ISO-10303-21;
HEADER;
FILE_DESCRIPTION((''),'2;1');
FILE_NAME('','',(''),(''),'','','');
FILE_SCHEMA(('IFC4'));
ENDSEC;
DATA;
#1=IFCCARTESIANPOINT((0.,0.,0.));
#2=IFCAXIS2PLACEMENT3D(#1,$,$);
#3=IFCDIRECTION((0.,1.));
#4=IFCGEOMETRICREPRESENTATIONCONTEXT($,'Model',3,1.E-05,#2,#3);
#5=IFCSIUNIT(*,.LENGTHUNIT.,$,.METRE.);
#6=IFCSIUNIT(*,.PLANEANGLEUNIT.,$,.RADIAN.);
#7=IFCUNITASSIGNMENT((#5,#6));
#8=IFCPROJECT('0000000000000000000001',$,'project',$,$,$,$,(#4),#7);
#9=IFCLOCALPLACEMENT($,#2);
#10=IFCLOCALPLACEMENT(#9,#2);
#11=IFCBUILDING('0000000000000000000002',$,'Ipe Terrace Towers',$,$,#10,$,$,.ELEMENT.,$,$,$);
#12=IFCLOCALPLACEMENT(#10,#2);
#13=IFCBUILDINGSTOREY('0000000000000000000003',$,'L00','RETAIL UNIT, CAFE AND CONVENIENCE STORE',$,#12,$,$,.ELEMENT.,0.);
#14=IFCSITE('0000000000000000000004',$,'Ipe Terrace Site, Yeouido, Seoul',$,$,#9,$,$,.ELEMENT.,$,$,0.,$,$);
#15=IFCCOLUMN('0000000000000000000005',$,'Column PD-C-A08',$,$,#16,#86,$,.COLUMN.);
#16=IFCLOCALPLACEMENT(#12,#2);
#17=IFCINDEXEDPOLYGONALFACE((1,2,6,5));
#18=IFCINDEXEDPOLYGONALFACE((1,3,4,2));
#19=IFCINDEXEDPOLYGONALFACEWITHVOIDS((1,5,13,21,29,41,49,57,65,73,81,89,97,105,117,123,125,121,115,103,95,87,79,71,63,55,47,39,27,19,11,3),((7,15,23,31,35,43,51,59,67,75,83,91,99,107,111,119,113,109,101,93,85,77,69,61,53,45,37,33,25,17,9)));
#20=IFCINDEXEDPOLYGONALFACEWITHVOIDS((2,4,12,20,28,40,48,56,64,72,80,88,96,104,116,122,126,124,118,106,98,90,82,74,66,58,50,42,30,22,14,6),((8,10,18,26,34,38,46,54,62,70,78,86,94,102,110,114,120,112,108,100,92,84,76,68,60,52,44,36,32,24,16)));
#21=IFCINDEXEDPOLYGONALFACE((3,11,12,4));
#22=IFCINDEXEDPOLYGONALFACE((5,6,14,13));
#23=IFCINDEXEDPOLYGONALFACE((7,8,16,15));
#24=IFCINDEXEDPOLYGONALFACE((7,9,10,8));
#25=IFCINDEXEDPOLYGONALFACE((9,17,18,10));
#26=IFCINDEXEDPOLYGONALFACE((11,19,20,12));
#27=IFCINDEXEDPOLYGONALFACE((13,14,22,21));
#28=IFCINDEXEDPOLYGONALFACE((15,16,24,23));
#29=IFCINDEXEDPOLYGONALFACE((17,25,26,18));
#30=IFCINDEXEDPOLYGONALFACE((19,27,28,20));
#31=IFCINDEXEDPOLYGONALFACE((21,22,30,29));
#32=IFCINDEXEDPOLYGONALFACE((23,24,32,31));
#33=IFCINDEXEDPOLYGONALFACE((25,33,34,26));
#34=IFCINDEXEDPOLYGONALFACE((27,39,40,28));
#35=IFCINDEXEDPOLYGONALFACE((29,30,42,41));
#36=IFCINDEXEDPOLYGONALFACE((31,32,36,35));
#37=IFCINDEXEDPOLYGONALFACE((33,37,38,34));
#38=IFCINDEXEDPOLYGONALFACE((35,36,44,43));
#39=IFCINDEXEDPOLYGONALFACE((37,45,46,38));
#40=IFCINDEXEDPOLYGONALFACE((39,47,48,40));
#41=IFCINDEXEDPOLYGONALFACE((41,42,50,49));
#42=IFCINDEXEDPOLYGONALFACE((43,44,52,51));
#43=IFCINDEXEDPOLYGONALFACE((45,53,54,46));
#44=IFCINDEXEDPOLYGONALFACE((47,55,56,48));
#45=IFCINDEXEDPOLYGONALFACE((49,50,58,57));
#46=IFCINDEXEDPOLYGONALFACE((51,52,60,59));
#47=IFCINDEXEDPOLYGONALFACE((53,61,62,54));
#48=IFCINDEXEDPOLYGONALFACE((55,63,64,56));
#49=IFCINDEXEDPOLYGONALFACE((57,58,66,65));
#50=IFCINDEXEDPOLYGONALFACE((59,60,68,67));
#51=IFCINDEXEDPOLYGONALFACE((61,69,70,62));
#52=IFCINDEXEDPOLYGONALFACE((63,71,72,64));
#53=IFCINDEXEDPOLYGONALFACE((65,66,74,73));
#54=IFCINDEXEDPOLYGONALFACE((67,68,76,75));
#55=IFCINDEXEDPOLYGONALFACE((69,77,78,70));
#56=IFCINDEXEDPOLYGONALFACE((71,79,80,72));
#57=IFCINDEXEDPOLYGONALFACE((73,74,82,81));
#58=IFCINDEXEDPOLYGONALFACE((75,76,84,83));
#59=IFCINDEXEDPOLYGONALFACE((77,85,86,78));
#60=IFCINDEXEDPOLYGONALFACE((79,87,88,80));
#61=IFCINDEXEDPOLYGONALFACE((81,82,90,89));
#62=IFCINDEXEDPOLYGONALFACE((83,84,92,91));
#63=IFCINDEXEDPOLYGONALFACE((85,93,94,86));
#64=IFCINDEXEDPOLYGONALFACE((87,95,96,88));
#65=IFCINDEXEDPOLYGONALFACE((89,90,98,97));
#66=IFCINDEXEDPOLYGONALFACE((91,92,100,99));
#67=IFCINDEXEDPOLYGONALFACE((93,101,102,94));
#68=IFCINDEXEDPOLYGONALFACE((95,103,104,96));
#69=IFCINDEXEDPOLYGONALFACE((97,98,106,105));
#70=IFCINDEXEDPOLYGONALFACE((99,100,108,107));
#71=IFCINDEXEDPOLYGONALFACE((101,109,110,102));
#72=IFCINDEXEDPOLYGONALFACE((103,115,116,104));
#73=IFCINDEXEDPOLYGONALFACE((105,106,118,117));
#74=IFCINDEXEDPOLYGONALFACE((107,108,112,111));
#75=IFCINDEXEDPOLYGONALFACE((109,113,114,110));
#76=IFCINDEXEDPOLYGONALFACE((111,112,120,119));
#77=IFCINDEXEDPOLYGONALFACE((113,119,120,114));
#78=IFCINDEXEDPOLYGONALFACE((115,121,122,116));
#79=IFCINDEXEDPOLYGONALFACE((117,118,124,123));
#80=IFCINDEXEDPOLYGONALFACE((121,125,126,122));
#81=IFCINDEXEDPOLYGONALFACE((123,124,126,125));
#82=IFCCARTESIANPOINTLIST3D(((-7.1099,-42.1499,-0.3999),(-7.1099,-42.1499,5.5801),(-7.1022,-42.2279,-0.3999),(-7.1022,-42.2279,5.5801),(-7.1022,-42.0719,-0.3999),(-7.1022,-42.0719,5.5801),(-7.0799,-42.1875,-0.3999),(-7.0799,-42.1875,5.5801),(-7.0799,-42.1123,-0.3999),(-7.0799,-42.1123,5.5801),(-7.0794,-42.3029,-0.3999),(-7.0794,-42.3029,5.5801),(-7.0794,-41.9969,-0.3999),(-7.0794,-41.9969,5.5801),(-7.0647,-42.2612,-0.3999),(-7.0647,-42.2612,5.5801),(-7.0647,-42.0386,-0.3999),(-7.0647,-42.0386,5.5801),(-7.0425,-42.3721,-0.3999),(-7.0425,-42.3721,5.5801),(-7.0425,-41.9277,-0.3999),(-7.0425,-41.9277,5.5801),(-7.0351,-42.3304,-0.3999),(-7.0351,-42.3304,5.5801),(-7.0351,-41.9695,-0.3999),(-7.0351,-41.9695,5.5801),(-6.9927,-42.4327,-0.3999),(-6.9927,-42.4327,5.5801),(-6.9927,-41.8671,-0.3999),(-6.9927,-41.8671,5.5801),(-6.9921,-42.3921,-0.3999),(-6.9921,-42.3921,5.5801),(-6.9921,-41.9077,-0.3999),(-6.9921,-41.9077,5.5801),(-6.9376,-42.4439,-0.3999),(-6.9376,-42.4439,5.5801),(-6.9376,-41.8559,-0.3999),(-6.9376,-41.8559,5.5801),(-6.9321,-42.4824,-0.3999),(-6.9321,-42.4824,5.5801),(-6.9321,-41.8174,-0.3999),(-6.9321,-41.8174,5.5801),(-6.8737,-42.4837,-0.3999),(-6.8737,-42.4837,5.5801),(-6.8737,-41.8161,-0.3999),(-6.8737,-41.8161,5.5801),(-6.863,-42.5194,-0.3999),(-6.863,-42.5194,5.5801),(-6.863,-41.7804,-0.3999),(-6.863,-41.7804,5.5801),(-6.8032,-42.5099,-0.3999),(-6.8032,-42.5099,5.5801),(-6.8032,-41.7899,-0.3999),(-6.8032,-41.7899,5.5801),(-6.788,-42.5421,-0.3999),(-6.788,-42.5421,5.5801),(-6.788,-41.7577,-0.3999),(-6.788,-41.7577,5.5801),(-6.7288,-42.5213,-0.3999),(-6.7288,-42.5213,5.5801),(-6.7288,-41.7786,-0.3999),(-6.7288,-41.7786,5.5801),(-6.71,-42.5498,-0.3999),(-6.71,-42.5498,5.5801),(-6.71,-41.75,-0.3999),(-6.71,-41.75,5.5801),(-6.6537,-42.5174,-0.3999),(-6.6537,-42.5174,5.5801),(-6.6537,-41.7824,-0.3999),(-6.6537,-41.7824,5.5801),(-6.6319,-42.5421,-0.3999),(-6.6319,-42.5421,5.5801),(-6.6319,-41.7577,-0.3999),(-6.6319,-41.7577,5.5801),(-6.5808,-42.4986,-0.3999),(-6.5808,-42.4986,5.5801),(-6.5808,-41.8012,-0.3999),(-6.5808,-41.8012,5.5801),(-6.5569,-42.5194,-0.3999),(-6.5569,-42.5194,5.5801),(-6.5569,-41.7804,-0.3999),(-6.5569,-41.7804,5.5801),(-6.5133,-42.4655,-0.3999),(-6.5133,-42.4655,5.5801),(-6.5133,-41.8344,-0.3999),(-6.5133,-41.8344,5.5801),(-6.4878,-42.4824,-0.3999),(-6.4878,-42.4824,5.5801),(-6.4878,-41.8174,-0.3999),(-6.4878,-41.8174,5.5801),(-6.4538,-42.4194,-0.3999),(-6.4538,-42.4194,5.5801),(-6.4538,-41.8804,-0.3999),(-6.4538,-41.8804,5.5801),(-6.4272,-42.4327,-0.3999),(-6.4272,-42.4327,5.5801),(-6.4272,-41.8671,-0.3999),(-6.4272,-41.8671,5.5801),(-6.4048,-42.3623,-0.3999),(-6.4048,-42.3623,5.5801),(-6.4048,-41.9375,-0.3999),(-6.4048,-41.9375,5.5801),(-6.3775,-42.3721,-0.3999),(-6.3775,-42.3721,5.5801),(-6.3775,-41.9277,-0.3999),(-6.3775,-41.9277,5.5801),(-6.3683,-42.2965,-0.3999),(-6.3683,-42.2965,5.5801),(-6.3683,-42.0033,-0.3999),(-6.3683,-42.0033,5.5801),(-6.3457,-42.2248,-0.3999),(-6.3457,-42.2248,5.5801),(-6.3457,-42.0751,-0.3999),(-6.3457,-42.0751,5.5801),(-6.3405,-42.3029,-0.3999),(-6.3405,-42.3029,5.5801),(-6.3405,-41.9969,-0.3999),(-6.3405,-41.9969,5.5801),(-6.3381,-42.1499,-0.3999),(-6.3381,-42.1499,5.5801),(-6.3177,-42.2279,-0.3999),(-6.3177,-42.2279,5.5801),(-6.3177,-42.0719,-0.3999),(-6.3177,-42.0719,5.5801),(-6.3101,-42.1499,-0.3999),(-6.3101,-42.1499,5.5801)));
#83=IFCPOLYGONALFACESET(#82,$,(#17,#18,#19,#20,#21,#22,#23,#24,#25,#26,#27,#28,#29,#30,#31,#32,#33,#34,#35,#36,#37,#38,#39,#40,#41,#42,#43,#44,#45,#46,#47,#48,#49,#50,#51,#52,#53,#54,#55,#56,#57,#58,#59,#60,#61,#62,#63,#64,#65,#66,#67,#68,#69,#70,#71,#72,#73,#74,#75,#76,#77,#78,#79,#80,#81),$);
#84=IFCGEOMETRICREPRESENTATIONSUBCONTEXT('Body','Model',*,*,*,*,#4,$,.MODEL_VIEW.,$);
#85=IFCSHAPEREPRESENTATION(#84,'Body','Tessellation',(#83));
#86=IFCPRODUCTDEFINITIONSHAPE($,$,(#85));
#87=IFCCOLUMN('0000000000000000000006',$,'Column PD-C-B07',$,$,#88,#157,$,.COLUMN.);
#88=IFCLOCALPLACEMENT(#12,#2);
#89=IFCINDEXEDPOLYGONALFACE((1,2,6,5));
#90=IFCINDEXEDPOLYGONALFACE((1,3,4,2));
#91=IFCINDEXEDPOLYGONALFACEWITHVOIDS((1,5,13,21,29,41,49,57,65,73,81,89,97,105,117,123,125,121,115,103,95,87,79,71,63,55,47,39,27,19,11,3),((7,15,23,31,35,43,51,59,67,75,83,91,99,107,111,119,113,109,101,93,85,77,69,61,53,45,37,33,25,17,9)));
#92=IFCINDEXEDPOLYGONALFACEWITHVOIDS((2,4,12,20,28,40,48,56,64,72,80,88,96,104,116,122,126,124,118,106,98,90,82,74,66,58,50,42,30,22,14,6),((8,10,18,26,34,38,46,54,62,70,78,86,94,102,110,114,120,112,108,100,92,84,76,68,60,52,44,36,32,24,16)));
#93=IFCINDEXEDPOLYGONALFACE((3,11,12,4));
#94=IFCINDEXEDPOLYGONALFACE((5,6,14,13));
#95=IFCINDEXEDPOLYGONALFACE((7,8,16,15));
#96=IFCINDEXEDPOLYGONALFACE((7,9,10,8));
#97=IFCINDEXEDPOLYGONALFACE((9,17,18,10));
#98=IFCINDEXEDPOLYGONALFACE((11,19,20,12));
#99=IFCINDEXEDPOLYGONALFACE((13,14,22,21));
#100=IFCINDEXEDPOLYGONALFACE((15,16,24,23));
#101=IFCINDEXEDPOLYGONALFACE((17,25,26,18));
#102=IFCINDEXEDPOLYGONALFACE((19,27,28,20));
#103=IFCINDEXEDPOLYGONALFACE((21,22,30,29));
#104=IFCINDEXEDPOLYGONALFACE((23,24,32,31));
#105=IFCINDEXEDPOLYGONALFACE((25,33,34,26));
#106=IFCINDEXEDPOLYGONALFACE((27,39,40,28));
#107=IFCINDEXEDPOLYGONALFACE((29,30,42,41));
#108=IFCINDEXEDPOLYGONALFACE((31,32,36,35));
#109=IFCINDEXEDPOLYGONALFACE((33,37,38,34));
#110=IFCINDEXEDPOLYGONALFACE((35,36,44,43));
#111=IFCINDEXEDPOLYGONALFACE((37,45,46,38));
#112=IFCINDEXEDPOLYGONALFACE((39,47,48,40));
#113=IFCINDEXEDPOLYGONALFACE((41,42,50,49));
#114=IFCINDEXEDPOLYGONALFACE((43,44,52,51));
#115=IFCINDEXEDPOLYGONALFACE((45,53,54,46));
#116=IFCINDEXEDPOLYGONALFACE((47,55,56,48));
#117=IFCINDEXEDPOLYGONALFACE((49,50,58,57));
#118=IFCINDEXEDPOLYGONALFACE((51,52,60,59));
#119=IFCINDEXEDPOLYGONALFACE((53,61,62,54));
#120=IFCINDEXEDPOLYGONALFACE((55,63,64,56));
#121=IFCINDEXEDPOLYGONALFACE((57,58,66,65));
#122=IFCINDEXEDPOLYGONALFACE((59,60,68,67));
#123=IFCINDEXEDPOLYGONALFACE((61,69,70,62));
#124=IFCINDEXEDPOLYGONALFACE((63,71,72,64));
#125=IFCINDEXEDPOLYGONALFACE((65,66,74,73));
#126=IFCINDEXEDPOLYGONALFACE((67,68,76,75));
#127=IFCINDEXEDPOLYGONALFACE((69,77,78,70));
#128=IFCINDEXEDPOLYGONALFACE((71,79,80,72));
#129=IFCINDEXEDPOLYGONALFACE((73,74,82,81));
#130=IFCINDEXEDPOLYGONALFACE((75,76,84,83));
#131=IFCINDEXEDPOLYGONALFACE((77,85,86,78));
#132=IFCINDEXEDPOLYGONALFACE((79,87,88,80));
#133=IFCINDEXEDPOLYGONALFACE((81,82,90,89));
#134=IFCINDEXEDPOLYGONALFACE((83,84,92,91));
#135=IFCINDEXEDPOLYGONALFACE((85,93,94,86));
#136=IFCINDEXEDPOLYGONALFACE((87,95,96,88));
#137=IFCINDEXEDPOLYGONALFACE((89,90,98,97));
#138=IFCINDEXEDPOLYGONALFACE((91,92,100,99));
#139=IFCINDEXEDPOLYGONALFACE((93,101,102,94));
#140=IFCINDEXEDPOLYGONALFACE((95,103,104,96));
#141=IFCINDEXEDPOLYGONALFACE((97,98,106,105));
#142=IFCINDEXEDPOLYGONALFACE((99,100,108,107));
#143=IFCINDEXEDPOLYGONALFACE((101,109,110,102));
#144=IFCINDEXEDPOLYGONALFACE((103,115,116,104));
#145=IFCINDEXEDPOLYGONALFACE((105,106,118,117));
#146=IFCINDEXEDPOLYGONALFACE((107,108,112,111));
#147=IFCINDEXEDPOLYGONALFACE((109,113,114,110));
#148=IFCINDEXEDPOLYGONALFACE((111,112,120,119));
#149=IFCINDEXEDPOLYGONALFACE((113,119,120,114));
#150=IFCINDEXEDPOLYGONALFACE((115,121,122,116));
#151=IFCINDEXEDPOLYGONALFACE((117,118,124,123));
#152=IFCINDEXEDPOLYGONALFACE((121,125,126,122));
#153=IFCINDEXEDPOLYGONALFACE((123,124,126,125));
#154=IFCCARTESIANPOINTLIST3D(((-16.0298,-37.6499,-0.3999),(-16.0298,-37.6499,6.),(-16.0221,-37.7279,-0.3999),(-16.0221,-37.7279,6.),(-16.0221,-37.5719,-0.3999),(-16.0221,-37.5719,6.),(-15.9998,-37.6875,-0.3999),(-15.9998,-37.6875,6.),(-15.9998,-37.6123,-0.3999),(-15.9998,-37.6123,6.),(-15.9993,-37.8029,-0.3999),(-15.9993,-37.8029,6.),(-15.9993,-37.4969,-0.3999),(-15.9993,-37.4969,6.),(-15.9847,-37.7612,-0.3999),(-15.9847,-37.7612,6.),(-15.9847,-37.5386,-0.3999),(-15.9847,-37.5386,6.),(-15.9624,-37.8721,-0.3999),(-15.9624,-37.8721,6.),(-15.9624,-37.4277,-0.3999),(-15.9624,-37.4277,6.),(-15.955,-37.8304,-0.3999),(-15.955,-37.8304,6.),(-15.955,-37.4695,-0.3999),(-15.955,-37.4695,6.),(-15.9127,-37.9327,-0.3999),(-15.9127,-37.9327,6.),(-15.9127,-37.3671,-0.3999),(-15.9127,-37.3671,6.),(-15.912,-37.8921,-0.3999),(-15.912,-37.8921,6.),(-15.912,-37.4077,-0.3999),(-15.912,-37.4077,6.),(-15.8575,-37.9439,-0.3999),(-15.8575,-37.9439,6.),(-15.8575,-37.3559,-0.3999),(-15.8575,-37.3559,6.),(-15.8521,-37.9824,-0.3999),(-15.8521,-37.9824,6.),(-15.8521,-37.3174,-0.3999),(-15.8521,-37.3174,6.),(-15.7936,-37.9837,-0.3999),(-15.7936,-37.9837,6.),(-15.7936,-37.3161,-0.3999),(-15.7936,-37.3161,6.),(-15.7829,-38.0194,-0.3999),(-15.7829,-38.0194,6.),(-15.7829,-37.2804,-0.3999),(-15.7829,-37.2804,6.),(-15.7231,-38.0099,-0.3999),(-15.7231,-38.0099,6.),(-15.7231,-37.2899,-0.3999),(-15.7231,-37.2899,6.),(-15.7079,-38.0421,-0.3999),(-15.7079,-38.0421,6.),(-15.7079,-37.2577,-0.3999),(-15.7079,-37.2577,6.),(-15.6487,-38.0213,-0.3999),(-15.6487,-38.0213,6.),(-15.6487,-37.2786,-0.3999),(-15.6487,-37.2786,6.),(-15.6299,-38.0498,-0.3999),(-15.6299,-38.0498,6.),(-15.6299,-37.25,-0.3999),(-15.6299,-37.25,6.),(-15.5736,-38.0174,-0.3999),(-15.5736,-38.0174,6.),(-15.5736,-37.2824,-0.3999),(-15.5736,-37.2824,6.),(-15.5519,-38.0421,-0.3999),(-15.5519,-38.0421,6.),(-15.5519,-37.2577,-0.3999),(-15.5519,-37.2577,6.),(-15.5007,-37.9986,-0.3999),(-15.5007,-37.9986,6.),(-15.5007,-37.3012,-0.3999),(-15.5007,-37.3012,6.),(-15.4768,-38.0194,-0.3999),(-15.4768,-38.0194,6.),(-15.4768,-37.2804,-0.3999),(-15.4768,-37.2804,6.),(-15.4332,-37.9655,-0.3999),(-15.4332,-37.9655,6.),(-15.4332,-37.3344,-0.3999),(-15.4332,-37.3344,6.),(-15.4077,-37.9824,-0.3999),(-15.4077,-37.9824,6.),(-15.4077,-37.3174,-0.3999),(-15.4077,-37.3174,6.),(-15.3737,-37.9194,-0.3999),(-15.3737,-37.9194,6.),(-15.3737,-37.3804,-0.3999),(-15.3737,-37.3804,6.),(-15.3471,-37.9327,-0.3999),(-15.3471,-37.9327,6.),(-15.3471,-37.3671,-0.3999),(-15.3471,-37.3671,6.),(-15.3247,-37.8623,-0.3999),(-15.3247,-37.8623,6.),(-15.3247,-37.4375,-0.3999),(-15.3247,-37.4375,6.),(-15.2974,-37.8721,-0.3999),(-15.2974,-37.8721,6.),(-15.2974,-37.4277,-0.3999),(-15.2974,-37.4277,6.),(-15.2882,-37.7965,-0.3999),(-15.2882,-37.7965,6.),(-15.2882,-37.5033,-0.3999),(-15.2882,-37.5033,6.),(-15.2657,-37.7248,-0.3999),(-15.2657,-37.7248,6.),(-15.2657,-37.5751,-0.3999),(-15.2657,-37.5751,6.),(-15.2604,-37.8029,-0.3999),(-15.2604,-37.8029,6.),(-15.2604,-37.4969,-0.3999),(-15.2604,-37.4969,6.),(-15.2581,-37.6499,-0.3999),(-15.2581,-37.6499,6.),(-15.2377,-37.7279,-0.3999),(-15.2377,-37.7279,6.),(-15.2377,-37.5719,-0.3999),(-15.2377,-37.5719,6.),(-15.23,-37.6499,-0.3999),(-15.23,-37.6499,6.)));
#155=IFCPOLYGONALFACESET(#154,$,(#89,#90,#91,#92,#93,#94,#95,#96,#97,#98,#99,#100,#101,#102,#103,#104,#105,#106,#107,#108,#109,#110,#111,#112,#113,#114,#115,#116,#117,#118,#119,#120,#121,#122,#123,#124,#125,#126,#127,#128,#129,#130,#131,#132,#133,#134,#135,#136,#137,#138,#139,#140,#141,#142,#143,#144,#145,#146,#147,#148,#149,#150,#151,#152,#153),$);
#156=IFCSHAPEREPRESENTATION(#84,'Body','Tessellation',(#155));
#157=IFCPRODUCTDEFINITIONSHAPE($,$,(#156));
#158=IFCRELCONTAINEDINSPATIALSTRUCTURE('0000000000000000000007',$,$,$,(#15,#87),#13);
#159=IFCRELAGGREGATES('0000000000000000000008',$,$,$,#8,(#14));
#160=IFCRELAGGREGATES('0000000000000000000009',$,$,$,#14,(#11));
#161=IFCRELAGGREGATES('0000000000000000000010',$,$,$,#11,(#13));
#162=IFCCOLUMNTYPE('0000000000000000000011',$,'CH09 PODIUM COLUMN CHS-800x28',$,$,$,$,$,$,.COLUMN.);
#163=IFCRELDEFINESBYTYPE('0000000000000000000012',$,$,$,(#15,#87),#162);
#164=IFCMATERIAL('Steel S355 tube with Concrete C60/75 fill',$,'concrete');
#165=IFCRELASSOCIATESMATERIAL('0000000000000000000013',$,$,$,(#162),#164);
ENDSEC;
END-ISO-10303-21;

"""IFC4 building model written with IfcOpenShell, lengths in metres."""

from ifc_helpers import new_model, si_unit, direction, frame, origin, origin_2d, place, context, subcontext, project, spatial, hollow_circle, extrude, material, material_profile, profile_set, type_object, element, save


model = new_model("IFC4")

# Units and contexts
model_context = context("Model", 3, precision=1e-05, world=origin(), true_north=direction((0.0, 1.0)))
body_context = subcontext(model_context, "Body", "Model", "MODEL_VIEW")
ifc_project = project(units=[si_unit("LENGTHUNIT", "METRE"), si_unit("PLANEANGLEUNIT", "RADIAN")], contexts=[model_context])

# Site, building, storey
site_placement = place(None, origin())
site = spatial("IfcSite", under=ifc_project, at=site_placement, Name="Ipe Terrace Site, Yeouido, Seoul", CompositionType="ELEMENT", RefElevation=0.0)
building_placement = place(site_placement, origin())
building = spatial("IfcBuilding", under=site, at=building_placement, Name="Ipe Terrace Towers", CompositionType="ELEMENT")
storey_placement = place(building_placement, origin())
storey = spatial("IfcBuildingStorey", under=building, at=storey_placement, Name="L00", Description="RETAIL UNIT, CAFE AND CONVENIENCE STORE", CompositionType="ELEMENT", Elevation=0.0)

# Columns
ifc_material_1 = material(Name="Steel S355 tube with Concrete C60/75 fill", Category="concrete")
ifc_material_profile_1 = material_profile(ifc_material_1, hollow_circle(Radius=0.3999, WallThickness=0.0281, at=origin_2d()), Name="CHS-800x28")
ifc_profile_set_1 = profile_set([ifc_material_profile_1], Name="Steel S355 tube with Concrete C60/75 fill")
column_type_1 = type_object("IfcColumnType", Name="CH09 PODIUM COLUMN CHS-800x28", PredefinedType="COLUMN", material=ifc_profile_set_1)
for number, where, z_axis, x_axis, name in (
    (1, (-6.71, -42.1499, -0.3999), (0.0, 0.0, 1.0), (1.0, 0.0, 0.0), "Column PD-C-A08"),
):
    element("IfcColumn", number, at=place(storey_placement, frame(where, z_axis=z_axis, x_axis=x_axis)), inside=storey, type_object=column_type_1, Name=name, PredefinedType="COLUMN", context=body_context, shape_type="SweptSolid", body=[
        extrude(hollow_circle(Radius=0.3999, WallThickness=0.0281, at=origin_2d()), origin(), (0.0, 0.0, 1.0), 5.98),
    ])
for number, where, z_axis, x_axis, name in (
    (2, (-15.6299, -37.6499, -0.3999), (0.0, 0.0, 1.0), (1.0, 0.0, 0.0), "Column PD-C-B07"),
):
    element("IfcColumn", number, at=place(storey_placement, frame(where, z_axis=z_axis, x_axis=x_axis)), inside=storey, type_object=column_type_1, Name=name, PredefinedType="COLUMN", context=body_context, shape_type="SweptSolid", body=[
        extrude(hollow_circle(Radius=0.3999, WallThickness=0.0281, at=origin_2d()), origin(), (0.0, 0.0, 1.0), 6.3999),
    ])

save(model, "model.ifc")
